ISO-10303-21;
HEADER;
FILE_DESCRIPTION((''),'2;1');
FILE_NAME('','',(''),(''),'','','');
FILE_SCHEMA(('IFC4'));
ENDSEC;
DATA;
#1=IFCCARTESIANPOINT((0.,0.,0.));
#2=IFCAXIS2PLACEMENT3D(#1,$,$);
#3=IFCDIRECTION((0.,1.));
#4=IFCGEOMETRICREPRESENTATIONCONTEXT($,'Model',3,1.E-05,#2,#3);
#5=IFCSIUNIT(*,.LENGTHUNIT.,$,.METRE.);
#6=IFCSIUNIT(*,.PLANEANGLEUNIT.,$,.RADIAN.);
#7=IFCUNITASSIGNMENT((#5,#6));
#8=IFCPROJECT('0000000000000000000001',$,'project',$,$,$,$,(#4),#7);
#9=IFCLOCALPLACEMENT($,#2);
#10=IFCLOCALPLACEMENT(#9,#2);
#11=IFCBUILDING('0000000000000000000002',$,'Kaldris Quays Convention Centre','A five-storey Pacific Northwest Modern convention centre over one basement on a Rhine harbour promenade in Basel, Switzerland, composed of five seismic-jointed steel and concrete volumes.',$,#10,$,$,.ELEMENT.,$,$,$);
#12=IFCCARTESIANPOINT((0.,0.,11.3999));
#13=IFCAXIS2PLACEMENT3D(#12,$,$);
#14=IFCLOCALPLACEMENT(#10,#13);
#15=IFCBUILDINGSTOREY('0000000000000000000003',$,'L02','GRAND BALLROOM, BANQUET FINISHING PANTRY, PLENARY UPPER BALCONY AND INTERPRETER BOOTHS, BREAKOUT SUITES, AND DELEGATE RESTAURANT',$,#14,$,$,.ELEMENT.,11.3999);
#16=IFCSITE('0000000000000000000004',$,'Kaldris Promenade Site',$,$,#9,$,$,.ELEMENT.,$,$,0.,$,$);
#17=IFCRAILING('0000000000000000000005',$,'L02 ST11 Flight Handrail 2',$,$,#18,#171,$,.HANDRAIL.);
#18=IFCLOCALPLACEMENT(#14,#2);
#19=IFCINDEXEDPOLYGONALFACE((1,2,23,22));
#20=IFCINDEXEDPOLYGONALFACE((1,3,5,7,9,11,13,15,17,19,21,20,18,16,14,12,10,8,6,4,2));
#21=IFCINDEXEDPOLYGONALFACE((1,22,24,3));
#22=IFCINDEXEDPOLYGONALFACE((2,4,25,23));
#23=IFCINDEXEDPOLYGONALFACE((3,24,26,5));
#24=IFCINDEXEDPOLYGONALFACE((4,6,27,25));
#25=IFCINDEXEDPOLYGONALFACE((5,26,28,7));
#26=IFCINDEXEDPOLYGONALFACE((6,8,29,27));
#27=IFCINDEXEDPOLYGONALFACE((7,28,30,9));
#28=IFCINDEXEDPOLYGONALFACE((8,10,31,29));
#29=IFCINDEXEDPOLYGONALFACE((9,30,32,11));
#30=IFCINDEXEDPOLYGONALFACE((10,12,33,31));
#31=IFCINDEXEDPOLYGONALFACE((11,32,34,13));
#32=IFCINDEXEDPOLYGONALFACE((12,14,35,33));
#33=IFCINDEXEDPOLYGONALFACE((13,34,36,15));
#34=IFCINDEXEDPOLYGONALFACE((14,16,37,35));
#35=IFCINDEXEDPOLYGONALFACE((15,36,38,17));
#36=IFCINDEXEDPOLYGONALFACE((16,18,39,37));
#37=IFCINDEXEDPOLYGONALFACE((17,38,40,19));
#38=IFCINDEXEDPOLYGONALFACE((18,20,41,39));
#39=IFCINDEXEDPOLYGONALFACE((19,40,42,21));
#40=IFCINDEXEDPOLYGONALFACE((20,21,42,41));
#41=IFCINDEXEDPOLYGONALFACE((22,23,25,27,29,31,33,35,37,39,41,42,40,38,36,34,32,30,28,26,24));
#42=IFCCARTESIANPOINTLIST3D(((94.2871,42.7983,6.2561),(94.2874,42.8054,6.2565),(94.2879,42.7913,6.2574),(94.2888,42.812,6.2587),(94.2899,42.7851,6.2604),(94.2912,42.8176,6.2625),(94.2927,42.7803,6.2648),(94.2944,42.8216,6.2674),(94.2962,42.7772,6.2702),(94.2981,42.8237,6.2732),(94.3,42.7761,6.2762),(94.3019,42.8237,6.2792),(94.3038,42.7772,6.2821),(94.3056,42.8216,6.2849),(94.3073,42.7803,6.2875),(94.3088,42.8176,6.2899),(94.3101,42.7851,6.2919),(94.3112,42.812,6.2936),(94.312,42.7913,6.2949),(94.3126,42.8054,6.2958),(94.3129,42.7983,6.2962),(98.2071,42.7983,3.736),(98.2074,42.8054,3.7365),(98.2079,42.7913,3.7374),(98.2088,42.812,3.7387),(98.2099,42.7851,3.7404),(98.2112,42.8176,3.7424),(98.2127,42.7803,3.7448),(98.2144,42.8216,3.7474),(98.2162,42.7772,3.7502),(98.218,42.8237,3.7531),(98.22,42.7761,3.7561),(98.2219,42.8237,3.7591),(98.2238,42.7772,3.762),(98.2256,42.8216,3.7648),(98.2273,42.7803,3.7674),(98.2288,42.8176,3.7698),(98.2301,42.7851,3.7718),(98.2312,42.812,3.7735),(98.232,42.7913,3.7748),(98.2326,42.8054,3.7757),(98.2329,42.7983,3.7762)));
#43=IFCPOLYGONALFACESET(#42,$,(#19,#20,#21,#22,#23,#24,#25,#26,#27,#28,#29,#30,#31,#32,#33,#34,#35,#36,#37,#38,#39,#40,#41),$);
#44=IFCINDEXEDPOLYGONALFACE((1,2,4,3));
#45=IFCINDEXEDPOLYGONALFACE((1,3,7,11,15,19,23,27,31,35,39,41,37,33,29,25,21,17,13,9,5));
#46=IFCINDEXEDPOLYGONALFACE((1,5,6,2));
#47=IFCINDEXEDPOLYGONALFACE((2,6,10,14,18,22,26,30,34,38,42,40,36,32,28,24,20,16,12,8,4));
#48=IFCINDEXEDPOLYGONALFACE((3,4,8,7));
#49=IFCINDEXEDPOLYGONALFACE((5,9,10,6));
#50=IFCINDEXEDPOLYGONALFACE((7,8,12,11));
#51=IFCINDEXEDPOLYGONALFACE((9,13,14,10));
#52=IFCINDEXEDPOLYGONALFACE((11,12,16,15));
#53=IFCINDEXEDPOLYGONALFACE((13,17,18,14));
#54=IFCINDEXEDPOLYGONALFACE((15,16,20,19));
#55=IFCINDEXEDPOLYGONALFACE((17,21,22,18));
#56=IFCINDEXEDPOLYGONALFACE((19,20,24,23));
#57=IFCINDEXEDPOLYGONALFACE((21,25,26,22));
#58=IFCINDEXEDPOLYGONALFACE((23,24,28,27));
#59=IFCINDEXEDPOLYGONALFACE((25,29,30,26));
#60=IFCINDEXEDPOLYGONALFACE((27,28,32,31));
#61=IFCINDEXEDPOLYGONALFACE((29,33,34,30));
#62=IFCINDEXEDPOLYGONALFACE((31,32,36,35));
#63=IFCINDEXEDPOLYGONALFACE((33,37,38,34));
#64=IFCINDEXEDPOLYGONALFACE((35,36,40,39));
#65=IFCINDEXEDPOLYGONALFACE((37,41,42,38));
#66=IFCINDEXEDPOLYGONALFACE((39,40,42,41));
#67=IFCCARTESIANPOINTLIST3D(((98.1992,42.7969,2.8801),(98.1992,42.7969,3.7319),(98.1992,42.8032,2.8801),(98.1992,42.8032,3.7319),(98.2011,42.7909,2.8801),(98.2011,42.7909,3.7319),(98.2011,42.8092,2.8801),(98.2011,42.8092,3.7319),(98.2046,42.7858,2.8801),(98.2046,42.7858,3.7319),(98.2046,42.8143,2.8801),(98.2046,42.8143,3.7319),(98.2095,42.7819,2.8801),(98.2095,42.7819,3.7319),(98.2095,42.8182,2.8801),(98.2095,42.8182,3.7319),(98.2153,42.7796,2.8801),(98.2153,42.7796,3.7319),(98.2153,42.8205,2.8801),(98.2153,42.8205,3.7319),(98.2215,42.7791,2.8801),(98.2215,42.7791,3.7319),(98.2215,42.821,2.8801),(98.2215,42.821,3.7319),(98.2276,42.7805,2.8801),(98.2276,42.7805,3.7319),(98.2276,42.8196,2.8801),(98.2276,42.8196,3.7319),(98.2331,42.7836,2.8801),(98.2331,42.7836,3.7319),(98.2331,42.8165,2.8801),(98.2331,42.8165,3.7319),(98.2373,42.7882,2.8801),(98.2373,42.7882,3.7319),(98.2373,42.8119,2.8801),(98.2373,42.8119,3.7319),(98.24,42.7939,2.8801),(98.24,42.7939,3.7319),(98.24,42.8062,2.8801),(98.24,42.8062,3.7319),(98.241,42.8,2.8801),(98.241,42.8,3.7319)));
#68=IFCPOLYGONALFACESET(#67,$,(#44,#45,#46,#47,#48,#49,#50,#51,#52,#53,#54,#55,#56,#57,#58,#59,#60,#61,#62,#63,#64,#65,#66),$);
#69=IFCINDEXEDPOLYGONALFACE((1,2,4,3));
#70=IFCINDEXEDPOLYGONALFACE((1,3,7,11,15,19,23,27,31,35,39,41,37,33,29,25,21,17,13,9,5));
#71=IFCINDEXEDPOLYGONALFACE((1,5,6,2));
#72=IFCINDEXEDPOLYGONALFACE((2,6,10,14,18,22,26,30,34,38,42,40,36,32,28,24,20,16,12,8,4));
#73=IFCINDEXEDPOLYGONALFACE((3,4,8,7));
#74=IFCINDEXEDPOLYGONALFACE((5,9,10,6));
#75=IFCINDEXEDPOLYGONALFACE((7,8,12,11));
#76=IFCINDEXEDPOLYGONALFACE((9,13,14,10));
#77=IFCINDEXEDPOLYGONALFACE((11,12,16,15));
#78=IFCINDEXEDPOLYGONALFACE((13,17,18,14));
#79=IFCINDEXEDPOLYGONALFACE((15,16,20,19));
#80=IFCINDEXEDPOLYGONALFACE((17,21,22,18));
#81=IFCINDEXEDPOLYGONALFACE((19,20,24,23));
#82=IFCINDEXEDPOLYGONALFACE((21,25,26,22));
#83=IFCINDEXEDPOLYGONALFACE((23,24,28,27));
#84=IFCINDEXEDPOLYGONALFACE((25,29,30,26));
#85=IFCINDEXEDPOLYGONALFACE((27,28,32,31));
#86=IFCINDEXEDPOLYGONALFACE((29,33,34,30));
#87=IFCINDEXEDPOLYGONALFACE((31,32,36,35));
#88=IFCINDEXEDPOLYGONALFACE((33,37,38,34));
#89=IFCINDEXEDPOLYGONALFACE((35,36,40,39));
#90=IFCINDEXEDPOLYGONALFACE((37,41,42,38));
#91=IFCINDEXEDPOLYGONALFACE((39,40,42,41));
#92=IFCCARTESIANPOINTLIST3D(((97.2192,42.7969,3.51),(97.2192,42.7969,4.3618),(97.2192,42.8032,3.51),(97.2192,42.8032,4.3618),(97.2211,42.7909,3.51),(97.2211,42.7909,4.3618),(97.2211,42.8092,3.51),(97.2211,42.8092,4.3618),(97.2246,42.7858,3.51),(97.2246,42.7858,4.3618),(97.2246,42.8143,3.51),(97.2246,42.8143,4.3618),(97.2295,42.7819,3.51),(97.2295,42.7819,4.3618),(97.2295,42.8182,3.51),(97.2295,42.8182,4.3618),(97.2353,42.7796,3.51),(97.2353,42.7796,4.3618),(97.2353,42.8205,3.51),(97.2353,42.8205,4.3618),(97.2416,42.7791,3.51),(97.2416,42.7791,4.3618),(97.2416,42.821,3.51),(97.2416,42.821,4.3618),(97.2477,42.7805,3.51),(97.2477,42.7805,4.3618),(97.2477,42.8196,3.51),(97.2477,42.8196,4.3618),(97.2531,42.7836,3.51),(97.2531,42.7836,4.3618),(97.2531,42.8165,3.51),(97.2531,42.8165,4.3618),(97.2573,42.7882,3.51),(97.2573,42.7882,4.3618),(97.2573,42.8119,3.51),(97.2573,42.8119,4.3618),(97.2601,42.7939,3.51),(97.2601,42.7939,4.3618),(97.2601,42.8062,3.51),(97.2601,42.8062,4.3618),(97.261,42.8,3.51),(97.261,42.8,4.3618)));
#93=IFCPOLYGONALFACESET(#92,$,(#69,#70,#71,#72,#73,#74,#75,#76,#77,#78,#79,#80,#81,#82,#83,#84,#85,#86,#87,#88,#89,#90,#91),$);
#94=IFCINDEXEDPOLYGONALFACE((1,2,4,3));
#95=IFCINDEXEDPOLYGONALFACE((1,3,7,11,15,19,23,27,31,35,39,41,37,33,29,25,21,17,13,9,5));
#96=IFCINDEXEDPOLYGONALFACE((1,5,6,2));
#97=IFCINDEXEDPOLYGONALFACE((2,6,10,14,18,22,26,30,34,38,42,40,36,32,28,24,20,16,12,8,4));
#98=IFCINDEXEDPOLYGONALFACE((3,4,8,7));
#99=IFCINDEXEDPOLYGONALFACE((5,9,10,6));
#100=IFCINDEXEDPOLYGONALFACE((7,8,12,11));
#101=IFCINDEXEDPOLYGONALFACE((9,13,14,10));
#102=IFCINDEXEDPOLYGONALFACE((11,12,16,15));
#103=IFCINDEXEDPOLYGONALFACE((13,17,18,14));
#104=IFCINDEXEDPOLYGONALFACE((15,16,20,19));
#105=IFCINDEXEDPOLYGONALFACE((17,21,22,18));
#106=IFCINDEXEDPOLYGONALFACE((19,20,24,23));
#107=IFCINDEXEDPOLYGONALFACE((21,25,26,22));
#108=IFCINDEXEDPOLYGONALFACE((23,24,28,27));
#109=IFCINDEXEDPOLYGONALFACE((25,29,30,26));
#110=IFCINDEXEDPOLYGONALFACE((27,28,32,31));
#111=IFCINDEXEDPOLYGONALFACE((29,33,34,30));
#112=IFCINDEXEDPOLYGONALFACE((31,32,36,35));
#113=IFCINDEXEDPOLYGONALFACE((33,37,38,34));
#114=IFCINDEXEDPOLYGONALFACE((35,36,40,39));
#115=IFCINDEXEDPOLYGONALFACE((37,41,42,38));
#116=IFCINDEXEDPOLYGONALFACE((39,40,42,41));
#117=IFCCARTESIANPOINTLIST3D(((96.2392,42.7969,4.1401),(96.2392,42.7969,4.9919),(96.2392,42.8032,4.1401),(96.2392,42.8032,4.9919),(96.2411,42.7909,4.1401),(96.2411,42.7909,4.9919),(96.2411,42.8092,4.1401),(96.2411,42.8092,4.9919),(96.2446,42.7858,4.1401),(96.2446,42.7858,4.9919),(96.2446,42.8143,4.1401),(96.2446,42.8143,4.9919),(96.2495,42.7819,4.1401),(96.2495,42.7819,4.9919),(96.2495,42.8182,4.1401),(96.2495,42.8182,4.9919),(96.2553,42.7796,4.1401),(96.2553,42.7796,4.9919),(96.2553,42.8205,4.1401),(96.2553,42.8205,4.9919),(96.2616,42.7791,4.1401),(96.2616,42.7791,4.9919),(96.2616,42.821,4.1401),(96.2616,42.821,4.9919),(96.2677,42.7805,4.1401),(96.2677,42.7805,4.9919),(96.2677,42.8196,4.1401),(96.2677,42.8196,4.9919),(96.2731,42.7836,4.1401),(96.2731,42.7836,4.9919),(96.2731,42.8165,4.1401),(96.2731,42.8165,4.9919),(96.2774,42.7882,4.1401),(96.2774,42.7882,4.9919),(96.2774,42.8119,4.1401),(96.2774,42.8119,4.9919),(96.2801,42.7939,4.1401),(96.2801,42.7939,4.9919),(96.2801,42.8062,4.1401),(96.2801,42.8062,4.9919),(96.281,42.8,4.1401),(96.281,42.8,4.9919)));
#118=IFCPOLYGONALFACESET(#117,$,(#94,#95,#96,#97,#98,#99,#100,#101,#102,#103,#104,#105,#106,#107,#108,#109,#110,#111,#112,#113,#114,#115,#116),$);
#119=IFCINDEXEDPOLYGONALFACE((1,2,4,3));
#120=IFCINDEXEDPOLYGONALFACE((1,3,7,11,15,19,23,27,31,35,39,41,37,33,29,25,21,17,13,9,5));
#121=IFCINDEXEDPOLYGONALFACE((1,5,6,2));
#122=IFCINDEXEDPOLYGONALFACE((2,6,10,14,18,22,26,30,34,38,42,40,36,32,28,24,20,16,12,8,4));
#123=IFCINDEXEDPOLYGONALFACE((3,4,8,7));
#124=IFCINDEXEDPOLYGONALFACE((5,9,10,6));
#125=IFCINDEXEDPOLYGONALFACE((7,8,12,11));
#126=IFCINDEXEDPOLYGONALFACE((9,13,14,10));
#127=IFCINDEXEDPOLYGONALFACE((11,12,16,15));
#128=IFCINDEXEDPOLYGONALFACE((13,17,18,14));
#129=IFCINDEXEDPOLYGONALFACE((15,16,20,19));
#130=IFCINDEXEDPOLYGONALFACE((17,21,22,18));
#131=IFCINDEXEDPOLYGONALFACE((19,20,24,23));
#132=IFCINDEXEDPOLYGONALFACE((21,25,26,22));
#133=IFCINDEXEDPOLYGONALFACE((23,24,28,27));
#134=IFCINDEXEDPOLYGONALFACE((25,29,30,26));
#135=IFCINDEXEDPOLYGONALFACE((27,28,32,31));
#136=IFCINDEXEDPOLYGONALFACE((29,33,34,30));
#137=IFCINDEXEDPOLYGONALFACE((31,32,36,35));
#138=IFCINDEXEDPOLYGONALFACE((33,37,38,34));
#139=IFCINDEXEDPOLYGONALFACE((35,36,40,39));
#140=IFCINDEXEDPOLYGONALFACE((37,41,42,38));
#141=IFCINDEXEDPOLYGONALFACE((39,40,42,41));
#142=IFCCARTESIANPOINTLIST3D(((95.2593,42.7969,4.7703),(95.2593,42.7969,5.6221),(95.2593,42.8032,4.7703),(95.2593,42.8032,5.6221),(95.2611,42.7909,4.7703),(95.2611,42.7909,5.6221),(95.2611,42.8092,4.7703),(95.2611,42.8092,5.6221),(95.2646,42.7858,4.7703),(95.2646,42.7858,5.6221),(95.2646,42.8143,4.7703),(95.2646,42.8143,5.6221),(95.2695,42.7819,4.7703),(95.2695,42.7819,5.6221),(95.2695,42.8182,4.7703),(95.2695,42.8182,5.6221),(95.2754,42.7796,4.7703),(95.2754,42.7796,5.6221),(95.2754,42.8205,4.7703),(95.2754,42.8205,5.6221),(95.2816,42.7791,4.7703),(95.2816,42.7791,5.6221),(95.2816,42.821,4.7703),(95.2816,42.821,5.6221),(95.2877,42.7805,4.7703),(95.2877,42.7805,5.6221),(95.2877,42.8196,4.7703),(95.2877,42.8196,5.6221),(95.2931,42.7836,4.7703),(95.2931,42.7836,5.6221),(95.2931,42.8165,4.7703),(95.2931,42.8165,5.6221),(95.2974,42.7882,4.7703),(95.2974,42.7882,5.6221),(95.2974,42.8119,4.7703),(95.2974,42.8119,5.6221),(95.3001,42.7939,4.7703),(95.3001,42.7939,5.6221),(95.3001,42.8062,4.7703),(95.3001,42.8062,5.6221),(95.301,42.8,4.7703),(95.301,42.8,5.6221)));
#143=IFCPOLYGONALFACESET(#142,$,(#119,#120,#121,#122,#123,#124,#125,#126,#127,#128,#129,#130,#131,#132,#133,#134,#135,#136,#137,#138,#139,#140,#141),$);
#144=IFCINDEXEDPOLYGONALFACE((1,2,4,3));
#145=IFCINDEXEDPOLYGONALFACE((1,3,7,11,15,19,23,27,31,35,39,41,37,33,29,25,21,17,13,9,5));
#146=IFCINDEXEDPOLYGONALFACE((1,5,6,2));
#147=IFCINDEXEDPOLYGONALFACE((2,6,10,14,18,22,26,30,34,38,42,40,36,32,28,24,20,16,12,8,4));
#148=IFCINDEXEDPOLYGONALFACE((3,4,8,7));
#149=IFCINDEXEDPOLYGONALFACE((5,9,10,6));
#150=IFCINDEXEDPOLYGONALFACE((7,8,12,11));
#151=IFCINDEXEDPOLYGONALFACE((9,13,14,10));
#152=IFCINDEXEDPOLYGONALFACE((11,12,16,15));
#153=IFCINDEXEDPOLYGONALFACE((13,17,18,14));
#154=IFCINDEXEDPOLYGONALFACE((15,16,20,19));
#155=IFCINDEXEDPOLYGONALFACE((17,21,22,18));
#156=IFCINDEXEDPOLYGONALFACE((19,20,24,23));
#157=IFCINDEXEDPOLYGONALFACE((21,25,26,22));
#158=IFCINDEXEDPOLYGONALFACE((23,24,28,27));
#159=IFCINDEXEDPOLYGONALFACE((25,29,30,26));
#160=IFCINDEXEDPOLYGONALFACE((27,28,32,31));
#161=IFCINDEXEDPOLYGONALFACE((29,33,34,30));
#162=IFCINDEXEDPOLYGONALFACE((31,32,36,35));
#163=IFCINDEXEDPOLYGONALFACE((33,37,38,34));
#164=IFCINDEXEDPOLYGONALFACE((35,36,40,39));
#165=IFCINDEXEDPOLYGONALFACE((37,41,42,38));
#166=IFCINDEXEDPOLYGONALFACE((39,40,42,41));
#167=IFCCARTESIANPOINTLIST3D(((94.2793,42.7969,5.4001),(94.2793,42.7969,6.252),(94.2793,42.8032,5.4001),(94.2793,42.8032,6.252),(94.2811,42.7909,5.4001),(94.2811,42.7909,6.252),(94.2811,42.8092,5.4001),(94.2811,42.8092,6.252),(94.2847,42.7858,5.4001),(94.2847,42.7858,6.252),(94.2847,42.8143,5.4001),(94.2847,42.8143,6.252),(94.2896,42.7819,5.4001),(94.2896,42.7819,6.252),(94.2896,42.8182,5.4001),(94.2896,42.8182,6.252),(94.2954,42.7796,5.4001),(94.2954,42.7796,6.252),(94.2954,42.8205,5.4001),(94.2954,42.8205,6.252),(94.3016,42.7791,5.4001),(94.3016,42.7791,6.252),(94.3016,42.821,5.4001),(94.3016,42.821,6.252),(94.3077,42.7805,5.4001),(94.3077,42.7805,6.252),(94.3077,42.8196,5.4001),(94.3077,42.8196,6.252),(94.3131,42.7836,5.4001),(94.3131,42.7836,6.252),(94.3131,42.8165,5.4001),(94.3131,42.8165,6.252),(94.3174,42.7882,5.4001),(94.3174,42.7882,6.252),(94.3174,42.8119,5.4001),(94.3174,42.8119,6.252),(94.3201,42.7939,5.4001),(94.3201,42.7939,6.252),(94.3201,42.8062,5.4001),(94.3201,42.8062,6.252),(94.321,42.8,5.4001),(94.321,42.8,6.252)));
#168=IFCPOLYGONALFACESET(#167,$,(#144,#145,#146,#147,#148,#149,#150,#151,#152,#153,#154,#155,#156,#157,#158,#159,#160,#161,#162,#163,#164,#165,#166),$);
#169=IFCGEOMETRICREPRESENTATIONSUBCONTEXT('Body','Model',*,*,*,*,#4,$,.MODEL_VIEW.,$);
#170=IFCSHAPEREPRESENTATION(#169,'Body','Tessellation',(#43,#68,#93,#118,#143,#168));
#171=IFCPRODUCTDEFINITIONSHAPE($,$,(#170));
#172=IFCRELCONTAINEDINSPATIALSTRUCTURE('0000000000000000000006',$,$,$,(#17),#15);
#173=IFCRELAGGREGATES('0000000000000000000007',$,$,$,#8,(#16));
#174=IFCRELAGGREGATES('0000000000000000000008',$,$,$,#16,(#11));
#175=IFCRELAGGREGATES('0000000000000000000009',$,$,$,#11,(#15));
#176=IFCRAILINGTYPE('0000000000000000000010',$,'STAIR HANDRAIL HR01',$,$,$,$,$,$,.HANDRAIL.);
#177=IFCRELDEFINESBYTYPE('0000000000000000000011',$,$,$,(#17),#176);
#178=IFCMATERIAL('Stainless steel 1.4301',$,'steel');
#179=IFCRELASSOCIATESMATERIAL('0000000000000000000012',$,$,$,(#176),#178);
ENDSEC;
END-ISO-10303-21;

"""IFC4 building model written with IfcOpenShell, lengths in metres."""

from ifc_helpers import new_model, si_unit, direction, frame, origin, origin_2d, place, context, subcontext, project, spatial, circle, extrude, material, type_object, element, save


model = new_model("IFC4")

# Units and contexts
model_context = context("Model", 3, precision=1e-05, world=origin(), true_north=direction((0.0, 1.0)))
body_context = subcontext(model_context, "Body", "Model", "MODEL_VIEW")
ifc_project = project(units=[si_unit("LENGTHUNIT", "METRE"), si_unit("PLANEANGLEUNIT", "RADIAN")], contexts=[model_context])

# Site, building, storey
site_placement = place(None, origin())
site = spatial("IfcSite", under=ifc_project, at=site_placement, Name="Kaldris Promenade Site", CompositionType="ELEMENT", RefElevation=0.0)
building_placement = place(site_placement, origin())
building = spatial("IfcBuilding", under=site, at=building_placement, Name="Kaldris Quays Convention Centre", Description="A five-storey Pacific Northwest Modern convention centre over one basement on a Rhine harbour promenade in Basel, Switzerland, composed of five seismic-jointed steel and concrete volumes.", CompositionType="ELEMENT")
storey_placement = place(building_placement, frame((0.0, 0.0, 11.3999)))
storey = spatial("IfcBuildingStorey", under=building, at=storey_placement, Name="L02", Description="GRAND BALLROOM, BANQUET FINISHING PANTRY, PLENARY UPPER BALCONY AND INTERPRETER BOOTHS, BREAKOUT SUITES, AND DELEGATE RESTAURANT", CompositionType="ELEMENT", Elevation=11.3999)

# Railing
ifc_material_1 = material(Name="Stainless steel 1.4301", Category="steel")
railing_type_1 = type_object("IfcRailingType", Name="STAIR HANDRAIL HR01", PredefinedType="HANDRAIL", material=ifc_material_1)
railing_1_placement = place(storey_placement, frame((98.22, 42.8, 2.8801)))
element("IfcRailing", 1, at=railing_1_placement, inside=storey, type_object=railing_type_1, Name="L02 ST11 Flight Handrail 2", PredefinedType="HANDRAIL", context=body_context, shape_type="SweptSolid", body=[
    extrude(circle(Radius=0.0239, at=origin_2d()), frame((0.0, 0.0, 0.876), z_axis=(-0.841172, 0.0, 0.540768), x_axis=(0.0, -1.0, 0.0)), (0.0, 0.0, 1.0), 4.6602),
    extrude(circle(Radius=0.021, at=origin_2d()), origin(), (0.0, 0.0, 1.0), 0.8518),
    extrude(circle(Radius=0.021, at=origin_2d()), frame((-0.98, 0.0, 0.6299)), (0.0, 0.0, 1.0), 0.8518),
    extrude(circle(Radius=0.021, at=origin_2d()), frame((-1.96, 0.0, 1.26)), (0.0, 0.0, 1.0), 0.8518),
    extrude(circle(Radius=0.021, at=origin_2d()), frame((-2.9399, 0.0, 1.8901)), (0.0, 0.0, 1.0), 0.8518),
    extrude(circle(Radius=0.021, at=origin_2d()), frame((-3.9199, 0.0, 2.52)), (0.0, 0.0, 1.0), 0.8518),
])

save(model, "model.ifc")
